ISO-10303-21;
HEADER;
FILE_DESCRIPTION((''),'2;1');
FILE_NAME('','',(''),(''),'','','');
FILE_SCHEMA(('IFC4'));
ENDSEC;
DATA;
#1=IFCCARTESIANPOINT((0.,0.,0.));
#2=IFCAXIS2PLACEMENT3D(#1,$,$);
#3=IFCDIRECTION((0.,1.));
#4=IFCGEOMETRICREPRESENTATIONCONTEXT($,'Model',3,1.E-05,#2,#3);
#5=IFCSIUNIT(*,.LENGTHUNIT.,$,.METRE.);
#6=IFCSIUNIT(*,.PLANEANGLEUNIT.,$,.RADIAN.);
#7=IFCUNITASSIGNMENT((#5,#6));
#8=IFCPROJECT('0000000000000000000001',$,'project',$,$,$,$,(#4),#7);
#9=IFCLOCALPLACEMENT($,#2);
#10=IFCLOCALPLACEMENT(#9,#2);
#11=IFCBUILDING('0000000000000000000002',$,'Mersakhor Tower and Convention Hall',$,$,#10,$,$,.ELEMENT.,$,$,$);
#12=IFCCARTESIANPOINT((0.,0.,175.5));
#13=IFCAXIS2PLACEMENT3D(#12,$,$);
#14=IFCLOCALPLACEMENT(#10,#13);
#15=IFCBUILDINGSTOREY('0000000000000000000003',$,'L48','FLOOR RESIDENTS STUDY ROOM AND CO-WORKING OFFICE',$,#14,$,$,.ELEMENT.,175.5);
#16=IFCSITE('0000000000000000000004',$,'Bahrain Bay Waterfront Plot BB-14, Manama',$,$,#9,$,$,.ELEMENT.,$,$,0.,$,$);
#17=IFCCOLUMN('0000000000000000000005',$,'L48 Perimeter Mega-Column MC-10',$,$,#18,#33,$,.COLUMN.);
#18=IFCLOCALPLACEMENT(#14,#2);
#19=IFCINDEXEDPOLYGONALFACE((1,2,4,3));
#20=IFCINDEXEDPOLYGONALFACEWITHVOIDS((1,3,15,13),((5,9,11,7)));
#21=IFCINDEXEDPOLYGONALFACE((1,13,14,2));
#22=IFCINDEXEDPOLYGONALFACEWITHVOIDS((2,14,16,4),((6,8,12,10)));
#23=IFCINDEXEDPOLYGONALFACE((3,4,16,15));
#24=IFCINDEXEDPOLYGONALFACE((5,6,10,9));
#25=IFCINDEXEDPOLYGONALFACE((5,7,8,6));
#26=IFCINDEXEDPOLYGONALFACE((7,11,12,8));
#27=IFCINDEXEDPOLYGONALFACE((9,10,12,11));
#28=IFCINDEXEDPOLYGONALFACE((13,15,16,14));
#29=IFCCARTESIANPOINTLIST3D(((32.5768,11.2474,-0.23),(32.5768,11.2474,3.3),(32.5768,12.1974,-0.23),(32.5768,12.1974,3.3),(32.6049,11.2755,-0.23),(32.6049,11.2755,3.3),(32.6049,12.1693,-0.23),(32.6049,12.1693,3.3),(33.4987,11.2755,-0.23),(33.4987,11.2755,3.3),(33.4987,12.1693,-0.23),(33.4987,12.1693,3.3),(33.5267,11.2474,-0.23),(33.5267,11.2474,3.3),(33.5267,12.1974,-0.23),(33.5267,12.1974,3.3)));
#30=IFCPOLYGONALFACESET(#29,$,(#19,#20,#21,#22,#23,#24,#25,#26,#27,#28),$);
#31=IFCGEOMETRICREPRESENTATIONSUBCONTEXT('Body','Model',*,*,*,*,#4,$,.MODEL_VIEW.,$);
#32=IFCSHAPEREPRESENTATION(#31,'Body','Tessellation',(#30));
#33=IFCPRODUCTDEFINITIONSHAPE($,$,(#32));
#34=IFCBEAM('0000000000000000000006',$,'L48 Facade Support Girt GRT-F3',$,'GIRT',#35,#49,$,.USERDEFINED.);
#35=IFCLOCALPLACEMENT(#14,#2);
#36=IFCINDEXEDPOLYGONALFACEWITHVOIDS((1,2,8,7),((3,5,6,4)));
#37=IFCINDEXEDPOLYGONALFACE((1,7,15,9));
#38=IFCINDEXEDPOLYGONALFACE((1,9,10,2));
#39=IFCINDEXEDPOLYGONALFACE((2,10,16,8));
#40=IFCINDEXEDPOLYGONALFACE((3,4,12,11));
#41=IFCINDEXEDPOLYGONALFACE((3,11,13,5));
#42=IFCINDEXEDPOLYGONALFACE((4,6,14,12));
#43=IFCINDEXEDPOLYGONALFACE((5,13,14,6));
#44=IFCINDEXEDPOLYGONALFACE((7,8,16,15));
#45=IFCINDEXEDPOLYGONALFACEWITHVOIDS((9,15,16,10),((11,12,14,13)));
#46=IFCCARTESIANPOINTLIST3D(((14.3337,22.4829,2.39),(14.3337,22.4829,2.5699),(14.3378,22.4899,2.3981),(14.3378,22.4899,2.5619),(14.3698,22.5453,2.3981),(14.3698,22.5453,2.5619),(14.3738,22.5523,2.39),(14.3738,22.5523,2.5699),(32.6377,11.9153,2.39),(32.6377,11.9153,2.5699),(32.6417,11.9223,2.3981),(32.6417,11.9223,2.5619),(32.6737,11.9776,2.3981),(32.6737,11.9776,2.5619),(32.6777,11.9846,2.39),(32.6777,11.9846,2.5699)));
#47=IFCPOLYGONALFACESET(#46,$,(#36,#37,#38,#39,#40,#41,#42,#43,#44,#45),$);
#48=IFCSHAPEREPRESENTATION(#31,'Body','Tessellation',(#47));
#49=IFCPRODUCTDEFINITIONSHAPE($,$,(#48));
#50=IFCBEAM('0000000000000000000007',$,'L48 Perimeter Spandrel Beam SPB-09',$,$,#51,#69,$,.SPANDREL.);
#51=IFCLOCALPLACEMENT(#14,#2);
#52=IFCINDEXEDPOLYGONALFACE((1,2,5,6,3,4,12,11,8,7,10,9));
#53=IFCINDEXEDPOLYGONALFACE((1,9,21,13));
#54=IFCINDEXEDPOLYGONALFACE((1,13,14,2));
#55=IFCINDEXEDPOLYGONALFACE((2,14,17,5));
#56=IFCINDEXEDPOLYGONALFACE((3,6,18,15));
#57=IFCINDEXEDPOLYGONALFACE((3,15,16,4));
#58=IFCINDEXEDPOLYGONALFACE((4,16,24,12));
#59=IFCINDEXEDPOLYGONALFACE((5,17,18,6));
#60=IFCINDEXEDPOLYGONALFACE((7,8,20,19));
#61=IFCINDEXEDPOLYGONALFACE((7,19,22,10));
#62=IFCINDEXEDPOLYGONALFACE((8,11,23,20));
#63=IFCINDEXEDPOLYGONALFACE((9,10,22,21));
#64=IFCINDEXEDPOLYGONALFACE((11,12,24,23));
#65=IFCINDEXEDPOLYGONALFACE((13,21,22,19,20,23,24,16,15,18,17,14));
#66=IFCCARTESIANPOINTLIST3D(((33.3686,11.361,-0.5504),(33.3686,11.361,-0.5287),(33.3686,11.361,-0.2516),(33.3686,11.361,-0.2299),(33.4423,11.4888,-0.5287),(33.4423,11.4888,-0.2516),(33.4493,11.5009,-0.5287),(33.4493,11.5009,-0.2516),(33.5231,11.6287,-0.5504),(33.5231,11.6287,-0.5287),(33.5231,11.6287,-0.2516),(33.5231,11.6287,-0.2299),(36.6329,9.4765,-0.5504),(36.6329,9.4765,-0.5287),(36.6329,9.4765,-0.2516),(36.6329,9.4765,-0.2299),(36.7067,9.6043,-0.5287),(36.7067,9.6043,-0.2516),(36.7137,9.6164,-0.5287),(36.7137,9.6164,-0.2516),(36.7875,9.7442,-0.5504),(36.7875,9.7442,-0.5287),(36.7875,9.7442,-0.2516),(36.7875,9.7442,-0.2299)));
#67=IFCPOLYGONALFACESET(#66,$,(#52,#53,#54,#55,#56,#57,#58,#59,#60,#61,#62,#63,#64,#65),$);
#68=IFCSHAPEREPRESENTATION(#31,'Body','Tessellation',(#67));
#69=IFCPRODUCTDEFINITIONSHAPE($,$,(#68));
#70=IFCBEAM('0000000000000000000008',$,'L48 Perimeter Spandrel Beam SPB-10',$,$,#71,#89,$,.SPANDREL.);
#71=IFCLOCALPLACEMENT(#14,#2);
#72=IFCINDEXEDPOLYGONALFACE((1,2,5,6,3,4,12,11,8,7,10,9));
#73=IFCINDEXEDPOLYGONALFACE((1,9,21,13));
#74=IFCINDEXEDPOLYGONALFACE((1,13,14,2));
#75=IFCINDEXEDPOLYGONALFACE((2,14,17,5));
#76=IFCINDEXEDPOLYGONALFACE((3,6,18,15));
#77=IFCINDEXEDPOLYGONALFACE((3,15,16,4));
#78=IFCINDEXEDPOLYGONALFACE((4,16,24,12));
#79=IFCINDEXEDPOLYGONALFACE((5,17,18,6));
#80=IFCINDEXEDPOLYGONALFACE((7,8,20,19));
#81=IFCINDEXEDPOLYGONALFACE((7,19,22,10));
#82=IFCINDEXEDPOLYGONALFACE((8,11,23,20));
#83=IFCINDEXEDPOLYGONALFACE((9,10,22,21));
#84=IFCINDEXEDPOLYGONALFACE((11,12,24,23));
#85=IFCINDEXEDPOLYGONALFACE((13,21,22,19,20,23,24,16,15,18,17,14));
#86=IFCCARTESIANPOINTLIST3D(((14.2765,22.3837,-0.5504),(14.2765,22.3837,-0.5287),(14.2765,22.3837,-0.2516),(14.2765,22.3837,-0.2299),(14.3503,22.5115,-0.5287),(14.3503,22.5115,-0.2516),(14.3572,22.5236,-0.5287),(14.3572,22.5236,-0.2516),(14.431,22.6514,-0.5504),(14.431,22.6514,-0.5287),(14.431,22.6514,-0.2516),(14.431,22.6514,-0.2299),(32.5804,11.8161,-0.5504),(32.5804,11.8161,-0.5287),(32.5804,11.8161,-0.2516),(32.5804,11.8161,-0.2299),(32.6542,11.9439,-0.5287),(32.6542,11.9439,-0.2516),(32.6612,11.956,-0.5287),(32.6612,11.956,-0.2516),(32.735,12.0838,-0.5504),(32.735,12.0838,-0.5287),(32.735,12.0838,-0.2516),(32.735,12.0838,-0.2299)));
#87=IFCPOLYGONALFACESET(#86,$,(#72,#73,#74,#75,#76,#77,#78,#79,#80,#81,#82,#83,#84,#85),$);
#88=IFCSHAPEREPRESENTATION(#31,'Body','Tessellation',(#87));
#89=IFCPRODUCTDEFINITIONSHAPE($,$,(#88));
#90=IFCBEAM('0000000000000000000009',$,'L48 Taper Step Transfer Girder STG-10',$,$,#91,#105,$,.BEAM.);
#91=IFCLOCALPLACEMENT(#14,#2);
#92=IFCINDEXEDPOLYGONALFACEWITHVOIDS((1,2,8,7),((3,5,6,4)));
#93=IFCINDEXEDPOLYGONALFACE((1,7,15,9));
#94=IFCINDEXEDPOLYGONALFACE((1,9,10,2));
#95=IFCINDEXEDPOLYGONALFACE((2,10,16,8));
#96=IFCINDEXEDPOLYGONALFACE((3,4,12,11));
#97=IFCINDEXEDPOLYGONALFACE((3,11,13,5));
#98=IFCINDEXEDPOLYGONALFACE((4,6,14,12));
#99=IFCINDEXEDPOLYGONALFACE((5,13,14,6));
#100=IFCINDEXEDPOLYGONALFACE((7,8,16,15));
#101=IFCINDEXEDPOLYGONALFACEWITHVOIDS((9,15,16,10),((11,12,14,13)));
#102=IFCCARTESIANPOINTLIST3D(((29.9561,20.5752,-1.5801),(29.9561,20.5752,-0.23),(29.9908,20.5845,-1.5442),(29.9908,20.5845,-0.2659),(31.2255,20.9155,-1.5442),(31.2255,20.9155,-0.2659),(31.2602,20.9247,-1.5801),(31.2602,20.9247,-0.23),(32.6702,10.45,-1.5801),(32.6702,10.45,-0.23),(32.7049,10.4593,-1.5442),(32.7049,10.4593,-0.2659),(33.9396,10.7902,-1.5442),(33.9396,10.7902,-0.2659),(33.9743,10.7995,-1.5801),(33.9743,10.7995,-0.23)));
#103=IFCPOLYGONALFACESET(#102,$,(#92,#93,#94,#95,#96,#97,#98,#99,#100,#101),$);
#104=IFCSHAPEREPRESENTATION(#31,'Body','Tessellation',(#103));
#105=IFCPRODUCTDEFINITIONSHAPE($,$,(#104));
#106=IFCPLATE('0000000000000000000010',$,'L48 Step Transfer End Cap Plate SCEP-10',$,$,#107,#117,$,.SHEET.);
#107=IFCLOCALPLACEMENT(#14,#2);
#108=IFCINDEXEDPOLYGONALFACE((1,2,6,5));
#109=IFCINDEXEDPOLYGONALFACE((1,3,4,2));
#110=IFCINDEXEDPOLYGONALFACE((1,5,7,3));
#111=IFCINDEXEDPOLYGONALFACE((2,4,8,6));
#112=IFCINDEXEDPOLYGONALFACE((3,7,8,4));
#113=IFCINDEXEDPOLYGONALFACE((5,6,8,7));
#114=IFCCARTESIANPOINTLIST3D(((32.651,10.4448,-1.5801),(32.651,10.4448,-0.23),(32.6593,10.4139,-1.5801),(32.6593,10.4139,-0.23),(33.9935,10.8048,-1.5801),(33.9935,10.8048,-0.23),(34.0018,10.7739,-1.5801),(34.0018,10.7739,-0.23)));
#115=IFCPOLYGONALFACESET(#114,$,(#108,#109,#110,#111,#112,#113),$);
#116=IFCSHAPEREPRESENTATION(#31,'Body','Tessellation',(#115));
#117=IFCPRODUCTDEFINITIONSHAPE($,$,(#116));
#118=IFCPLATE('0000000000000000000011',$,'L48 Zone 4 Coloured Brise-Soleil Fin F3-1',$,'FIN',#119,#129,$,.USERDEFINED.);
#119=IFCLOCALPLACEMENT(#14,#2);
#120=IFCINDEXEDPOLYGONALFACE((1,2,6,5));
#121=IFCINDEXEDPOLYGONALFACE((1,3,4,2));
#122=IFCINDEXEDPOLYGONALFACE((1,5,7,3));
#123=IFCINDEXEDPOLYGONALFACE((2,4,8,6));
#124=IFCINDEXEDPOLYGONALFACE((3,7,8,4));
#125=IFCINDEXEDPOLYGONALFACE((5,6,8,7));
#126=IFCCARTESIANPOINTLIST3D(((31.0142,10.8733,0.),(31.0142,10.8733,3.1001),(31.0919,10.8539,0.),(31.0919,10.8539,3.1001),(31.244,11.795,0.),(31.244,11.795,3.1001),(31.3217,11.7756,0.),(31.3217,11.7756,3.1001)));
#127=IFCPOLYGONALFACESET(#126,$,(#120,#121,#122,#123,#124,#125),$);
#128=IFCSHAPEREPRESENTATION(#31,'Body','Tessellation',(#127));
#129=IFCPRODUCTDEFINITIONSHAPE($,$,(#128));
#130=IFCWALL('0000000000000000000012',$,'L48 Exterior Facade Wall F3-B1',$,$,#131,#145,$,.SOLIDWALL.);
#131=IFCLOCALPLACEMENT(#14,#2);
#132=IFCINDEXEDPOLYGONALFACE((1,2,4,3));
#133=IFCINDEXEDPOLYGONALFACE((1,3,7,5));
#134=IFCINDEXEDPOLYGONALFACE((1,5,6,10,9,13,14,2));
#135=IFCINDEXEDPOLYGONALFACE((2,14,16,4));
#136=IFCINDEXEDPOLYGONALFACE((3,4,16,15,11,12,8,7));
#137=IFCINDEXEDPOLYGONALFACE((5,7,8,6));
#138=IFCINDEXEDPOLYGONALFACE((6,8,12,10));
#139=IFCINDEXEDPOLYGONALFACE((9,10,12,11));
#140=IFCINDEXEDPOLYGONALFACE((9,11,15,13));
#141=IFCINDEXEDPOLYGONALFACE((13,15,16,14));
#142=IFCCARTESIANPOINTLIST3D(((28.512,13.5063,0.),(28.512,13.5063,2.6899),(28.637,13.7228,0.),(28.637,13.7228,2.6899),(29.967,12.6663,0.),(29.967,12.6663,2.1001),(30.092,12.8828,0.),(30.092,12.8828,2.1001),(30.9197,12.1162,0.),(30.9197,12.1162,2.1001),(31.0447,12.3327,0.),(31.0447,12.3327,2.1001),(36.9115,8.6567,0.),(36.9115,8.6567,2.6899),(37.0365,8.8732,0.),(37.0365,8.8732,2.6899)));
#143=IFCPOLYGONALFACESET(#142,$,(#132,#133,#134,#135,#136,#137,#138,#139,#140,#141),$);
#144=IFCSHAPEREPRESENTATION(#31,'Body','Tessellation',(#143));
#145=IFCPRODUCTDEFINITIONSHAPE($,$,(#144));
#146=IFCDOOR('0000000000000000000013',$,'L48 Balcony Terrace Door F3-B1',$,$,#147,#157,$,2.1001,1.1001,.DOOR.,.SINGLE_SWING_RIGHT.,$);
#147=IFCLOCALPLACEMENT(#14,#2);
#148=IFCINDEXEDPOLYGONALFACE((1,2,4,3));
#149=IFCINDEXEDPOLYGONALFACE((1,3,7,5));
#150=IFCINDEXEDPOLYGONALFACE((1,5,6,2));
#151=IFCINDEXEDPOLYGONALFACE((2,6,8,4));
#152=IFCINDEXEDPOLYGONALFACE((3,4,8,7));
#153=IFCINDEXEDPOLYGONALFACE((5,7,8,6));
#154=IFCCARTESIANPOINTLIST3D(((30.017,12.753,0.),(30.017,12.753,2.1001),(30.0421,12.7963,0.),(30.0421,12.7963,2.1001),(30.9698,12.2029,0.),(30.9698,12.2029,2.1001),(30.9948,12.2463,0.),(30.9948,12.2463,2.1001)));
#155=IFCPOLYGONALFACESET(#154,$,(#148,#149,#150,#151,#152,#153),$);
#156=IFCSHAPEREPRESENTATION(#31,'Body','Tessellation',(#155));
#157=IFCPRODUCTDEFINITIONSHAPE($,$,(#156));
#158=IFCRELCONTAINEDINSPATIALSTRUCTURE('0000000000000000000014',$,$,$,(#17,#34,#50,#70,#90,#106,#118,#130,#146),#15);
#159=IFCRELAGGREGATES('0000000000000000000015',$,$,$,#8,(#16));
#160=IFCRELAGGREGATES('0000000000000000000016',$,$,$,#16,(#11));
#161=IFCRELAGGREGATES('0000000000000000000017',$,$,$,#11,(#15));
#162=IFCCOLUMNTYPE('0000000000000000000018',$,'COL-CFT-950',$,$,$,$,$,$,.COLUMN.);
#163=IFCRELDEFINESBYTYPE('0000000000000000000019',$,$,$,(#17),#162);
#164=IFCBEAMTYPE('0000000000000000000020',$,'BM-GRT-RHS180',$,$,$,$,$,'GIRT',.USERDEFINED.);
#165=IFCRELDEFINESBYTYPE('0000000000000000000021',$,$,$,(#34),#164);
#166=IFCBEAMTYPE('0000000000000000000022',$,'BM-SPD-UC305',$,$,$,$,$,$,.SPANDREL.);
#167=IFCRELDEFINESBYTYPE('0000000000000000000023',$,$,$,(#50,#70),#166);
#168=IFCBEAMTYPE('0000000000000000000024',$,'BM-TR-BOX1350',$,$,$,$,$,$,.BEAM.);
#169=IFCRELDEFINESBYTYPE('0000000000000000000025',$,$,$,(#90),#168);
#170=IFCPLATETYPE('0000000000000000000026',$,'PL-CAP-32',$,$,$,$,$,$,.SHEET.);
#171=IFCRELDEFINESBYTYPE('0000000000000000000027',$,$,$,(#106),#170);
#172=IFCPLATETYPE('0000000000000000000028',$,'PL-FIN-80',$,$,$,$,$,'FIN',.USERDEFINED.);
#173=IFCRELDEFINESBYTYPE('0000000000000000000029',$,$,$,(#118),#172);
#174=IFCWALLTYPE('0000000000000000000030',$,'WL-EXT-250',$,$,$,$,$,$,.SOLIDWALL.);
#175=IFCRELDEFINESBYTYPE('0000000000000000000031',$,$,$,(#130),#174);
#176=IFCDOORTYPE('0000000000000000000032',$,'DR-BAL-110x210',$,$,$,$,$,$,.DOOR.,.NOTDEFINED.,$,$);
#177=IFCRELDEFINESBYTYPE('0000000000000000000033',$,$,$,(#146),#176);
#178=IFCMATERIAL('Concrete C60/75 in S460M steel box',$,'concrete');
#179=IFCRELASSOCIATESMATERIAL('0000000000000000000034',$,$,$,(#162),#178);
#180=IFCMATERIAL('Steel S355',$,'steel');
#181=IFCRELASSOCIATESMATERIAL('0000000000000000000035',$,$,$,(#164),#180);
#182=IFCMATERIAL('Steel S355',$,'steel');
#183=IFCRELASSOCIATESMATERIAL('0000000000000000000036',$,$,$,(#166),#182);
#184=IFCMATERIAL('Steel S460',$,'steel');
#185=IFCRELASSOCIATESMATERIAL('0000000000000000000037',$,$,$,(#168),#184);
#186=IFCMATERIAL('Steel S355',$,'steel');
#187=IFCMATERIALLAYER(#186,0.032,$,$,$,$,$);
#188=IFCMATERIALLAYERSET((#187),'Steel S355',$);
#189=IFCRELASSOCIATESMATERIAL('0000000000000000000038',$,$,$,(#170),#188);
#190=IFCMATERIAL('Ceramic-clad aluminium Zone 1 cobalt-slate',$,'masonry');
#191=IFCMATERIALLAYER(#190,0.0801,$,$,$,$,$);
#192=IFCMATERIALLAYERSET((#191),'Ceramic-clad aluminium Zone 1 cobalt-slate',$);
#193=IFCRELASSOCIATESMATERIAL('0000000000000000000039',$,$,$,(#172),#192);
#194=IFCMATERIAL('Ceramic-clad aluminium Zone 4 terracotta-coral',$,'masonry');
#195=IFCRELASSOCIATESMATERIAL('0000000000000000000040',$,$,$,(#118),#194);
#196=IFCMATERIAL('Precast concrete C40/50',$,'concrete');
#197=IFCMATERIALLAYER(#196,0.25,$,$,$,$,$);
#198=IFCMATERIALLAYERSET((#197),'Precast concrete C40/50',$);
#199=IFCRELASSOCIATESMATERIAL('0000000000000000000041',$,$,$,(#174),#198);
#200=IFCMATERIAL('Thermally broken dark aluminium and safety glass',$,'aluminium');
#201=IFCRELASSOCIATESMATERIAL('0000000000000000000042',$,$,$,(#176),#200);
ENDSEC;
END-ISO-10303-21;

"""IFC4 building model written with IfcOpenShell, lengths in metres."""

from ifc_helpers import new_model, si_unit, direction, frame, frame_2d, origin, origin_2d, place, context, subcontext, project, spatial, rectangle, hollow_rectangle, i_section, extrude, material, layer, layer_set, material_profile, profile_set, type_object, element, fill, save


model = new_model("IFC4")

# Units and contexts
model_context = context("Model", 3, precision=1e-05, world=origin(), true_north=direction((0.0, 1.0)))
body_context = subcontext(model_context, "Body", "Model", "MODEL_VIEW")
ifc_project = project(units=[si_unit("LENGTHUNIT", "METRE"), si_unit("PLANEANGLEUNIT", "RADIAN")], contexts=[model_context])

# Site, building, storey
site_placement = place(None, origin())
site = spatial("IfcSite", under=ifc_project, at=site_placement, Name="Bahrain Bay Waterfront Plot BB-14, Manama", CompositionType="ELEMENT", RefElevation=0.0)
building_placement = place(site_placement, origin())
building = spatial("IfcBuilding", under=site, at=building_placement, Name="Mersakhor Tower and Convention Hall", CompositionType="ELEMENT")
storey_placement = place(building_placement, frame((0.0, 0.0, 175.5)))
storey = spatial("IfcBuildingStorey", under=building, at=storey_placement, Name="L48", Description="FLOOR RESIDENTS STUDY ROOM AND CO-WORKING OFFICE", CompositionType="ELEMENT", Elevation=175.5)

# Column
ifc_material_1 = material(Name="Concrete C60/75 in S460M steel box", Category="concrete")
ifc_material_profile_1 = material_profile(ifc_material_1, hollow_rectangle(XDim=0.95, YDim=0.95, WallThickness=0.0281, at=origin_2d()), Name="SHS 950x950x28")
ifc_profile_set_1 = profile_set([ifc_material_profile_1], Name="Concrete C60/75 in S460M steel box")
column_type = type_object("IfcColumnType", Name="COL-CFT-950", PredefinedType="COLUMN", material=ifc_profile_set_1)
column_placement = place(storey_placement, frame((33.0518, 11.7224, -0.23), z_axis=(0.0, 0.0, 1.0), x_axis=(1.0, 0.0, 0.0)))
element("IfcColumn", 1, at=column_placement, inside=storey, type_object=column_type, Name="L48 Perimeter Mega-Column MC-10", PredefinedType="COLUMN", context=body_context, shape_type="SweptSolid", body=[
    extrude(hollow_rectangle(XDim=0.95, YDim=0.95, WallThickness=0.0281, at=origin_2d()), origin(), (0.0, 0.0, 1.0), 3.53),
])

# Beams
ifc_material_2 = material(Name="Steel S355", Category="steel")
ifc_material_profile_2 = material_profile(ifc_material_2, hollow_rectangle(XDim=0.0801, YDim=0.1799, WallThickness=0.0081, at=origin_2d()), Name="RHS 180x80x8")
ifc_profile_set_2 = profile_set([ifc_material_profile_2], Name="Steel S355")
beam_type_1 = type_object("IfcBeamType", Name="BM-GRT-RHS180", ElementType="GIRT", PredefinedType="USERDEFINED", material=ifc_profile_set_2)
beam_1_placement = place(storey_placement, frame((32.6577, 11.95, 2.48), z_axis=(-0.866029, 0.499994, 0.0), x_axis=(-0.499994, -0.866029, 0.0)))
element("IfcBeam", 2, at=beam_1_placement, inside=storey, type_object=beam_type_1, Name="L48 Facade Support Girt GRT-F3", ObjectType="GIRT", PredefinedType="USERDEFINED", context=body_context, shape_type="SweptSolid", body=[
    extrude(hollow_rectangle(XDim=0.0801, YDim=0.1799, WallThickness=0.0081, at=origin_2d()), origin(), (0.0, 0.0, 1.0), 21.1355),
])
ifc_material_3 = material(Name="Steel S355", Category="steel")
ifc_material_profile_3 = material_profile(ifc_material_3, i_section(OverallWidth=0.3091, OverallDepth=0.3206, WebThickness=0.0139, FlangeThickness=0.0217, at=origin_2d()), Name="UC 305x305x137")
ifc_profile_set_3 = profile_set([ifc_material_profile_3], Name="Steel S355")
beam_type_2 = type_object("IfcBeamType", Name="BM-SPD-UC305", PredefinedType="SPANDREL", material=ifc_profile_set_3)
beam_2_placement = place(storey_placement, frame((36.7102, 9.6104, -0.3901), z_axis=(-0.866046, 0.499964, 0.0), x_axis=(-0.499964, -0.866046, 0.0)))
element("IfcBeam", 3, at=beam_2_placement, inside=storey, type_object=beam_type_2, Name="L48 Perimeter Spandrel Beam SPB-09", PredefinedType="SPANDREL", context=body_context, shape_type="SweptSolid", body=[
    extrude(i_section(OverallWidth=0.3091, OverallDepth=0.3206, WebThickness=0.0139, FlangeThickness=0.0217, at=origin_2d()), origin(), (0.0, 0.0, 1.0), 3.7693),
])
beam_3_placement = place(storey_placement, frame((32.6577, 11.95, -0.3901), z_axis=(-0.866029, 0.499994, 0.0), x_axis=(-0.499994, -0.866029, 0.0)))
element("IfcBeam", 4, at=beam_3_placement, inside=storey, type_object=beam_type_2, Name="L48 Perimeter Spandrel Beam SPB-10", PredefinedType="SPANDREL", context=body_context, shape_type="SweptSolid", body=[
    extrude(i_section(OverallWidth=0.3091, OverallDepth=0.3206, WebThickness=0.0139, FlangeThickness=0.0217, at=origin_2d()), origin(), (0.0, 0.0, 1.0), 21.1355),
])
ifc_material_4 = material(Name="Steel S460", Category="steel")
ifc_material_profile_4 = material_profile(ifc_material_4, hollow_rectangle(XDim=1.3501, YDim=1.3501, WallThickness=0.0359, at=origin_2d()), Name="SHS 1350x1350x36")
ifc_profile_set_4 = profile_set([ifc_material_profile_4], Name="Steel S460")
beam_type_3 = type_object("IfcBeamType", Name="BM-TR-BOX1350", PredefinedType="BEAM", material=ifc_profile_set_4)
beam_4_placement = place(storey_placement, frame((33.3223, 10.6248, -0.905), z_axis=(-0.258913, 0.965901, 0.0), x_axis=(-0.965901, -0.258913, 0.0)))
element("IfcBeam", 5, at=beam_4_placement, inside=storey, type_object=beam_type_3, Name="L48 Taper Step Transfer Girder STG-10", PredefinedType="BEAM", context=body_context, shape_type="SweptSolid", body=[
    extrude(hollow_rectangle(XDim=1.3501, YDim=1.3501, WallThickness=0.0359, at=origin_2d()), origin(), (0.0, 0.0, 1.0), 10.4827),
])

# Plates
ifc_material_5 = material(Name="Steel S355", Category="steel")
ifc_layer_1 = layer(ifc_material_5, 0.032)
ifc_layer_set_1 = layer_set([ifc_layer_1], Name="Steel S355")
plate_type_1 = type_object("IfcPlateType", Name="PL-CAP-32", PredefinedType="SHEET", material=ifc_layer_set_1)
plate_1_placement = place(storey_placement, frame((33.3264, 10.6094, -1.5801), z_axis=(0.0, 0.0, 1.0), x_axis=(-0.258988, 0.965881, 0.0)))
element("IfcPlate", 6, at=plate_1_placement, inside=storey, type_object=plate_type_1, Name="L48 Step Transfer End Cap Plate SCEP-10", PredefinedType="SHEET", context=body_context, shape_type="SweptSolid", body=[
    extrude(rectangle(XDim=0.032, YDim=1.3899, at=origin_2d()), origin(), (0.0, 0.0, 1.0), 1.3501),
])
ifc_material_6 = material(Name="Ceramic-clad aluminium Zone 4 terracotta-coral", Category="masonry")
ifc_material_7 = material(Name="Ceramic-clad aluminium Zone 1 cobalt-slate", Category="masonry")
ifc_layer_2 = layer(ifc_material_7, 0.0801)
ifc_layer_set_2 = layer_set([ifc_layer_2], Name="Ceramic-clad aluminium Zone 1 cobalt-slate")
plate_type_2 = type_object("IfcPlateType", Name="PL-FIN-80", ElementType="FIN", PredefinedType="USERDEFINED", material=ifc_layer_set_2)
plate_2_placement = place(storey_placement, frame((31.168, 11.3245, 0.0), z_axis=(0.0, 0.0, 1.0), x_axis=(-0.241922, -0.970296, 0.0)))
element("IfcPlate", 7, at=plate_2_placement, inside=storey, type_object=plate_type_2, material=ifc_material_6, Name="L48 Zone 4 Coloured Brise-Soleil Fin F3-1", ObjectType="FIN", PredefinedType="USERDEFINED", context=body_context, shape_type="SweptSolid", body=[
    extrude(rectangle(XDim=0.95, YDim=0.0801, at=origin_2d()), origin(), (0.0, 0.0, 1.0), 3.1001),
])

# Wall, opening, door
ifc_material_8 = material(Name="Precast concrete C40/50", Category="concrete")
ifc_layer_3 = layer(ifc_material_8, 0.25)
ifc_layer_set_3 = layer_set([ifc_layer_3], Name="Precast concrete C40/50")
wall_type_1 = type_object("IfcWallType", Name="WL-EXT-250", PredefinedType="SOLIDWALL", material=ifc_layer_set_3)
wall_1_placement = place(storey_placement, frame((36.9741, 8.7649, 0.0), z_axis=(0.0, 0.0, 1.0), x_axis=(-0.866016, 0.500016, 0.0)))
wall_1 = element("IfcWall", 8, at=wall_1_placement, inside=storey, type_object=wall_type_1, Name="L48 Exterior Facade Wall F3-B1", PredefinedType="SOLIDWALL", context=body_context, shape_type="SweptSolid", body=[
    extrude(rectangle(XDim=9.699, YDim=0.25, at=frame_2d((4.8496, 0.0))), origin(), (0.0, 0.0, 1.0), 2.6899),
])
opening_1_placement = place(wall_1_placement, frame((6.9189, 0.0, 0.0)))
opening_1 = element("IfcOpeningElement", 9, at=opening_1_placement, cuts=wall_1, PredefinedType="OPENING", context=body_context, shape_type="SweptSolid", body=[
    extrude(rectangle(XDim=1.1001, YDim=2.1001, at=frame_2d((0.55, 1.05))), frame((0.0, 0.135, 0.0), z_axis=(0.0, -1.0, 0.0), x_axis=(1.0, 0.0, 0.0)), (0.0, 0.0, 1.0), 0.27),
])
ifc_material_9 = material(Name="Thermally broken dark aluminium and safety glass", Category="aluminium")
door_type_1 = type_object("IfcDoorType", Name="DR-BAL-110x210", OperationType="NOTDEFINED", PredefinedType="DOOR", material=ifc_material_9)
door_1_placement = place(opening_1_placement, origin())
door_1 = element("IfcDoor", 10, at=door_1_placement, inside=storey, type_object=door_type_1, Name="L48 Balcony Terrace Door F3-B1", OperationType="SINGLE_SWING_RIGHT", OverallHeight=2.1001, OverallWidth=1.1001, PredefinedType="DOOR", context=body_context, shape_type="SweptSolid", body=[
    extrude(rectangle(XDim=1.1001, YDim=2.1001, at=frame_2d((0.55, 1.05))), frame((0.0, 0.0249, 0.0), z_axis=(0.0, -1.0, 0.0), x_axis=(1.0, 0.0, 0.0)), (0.0, 0.0, 1.0), 0.05),
])
fill(opening_1, door_1)

save(model, "model.ifc")
